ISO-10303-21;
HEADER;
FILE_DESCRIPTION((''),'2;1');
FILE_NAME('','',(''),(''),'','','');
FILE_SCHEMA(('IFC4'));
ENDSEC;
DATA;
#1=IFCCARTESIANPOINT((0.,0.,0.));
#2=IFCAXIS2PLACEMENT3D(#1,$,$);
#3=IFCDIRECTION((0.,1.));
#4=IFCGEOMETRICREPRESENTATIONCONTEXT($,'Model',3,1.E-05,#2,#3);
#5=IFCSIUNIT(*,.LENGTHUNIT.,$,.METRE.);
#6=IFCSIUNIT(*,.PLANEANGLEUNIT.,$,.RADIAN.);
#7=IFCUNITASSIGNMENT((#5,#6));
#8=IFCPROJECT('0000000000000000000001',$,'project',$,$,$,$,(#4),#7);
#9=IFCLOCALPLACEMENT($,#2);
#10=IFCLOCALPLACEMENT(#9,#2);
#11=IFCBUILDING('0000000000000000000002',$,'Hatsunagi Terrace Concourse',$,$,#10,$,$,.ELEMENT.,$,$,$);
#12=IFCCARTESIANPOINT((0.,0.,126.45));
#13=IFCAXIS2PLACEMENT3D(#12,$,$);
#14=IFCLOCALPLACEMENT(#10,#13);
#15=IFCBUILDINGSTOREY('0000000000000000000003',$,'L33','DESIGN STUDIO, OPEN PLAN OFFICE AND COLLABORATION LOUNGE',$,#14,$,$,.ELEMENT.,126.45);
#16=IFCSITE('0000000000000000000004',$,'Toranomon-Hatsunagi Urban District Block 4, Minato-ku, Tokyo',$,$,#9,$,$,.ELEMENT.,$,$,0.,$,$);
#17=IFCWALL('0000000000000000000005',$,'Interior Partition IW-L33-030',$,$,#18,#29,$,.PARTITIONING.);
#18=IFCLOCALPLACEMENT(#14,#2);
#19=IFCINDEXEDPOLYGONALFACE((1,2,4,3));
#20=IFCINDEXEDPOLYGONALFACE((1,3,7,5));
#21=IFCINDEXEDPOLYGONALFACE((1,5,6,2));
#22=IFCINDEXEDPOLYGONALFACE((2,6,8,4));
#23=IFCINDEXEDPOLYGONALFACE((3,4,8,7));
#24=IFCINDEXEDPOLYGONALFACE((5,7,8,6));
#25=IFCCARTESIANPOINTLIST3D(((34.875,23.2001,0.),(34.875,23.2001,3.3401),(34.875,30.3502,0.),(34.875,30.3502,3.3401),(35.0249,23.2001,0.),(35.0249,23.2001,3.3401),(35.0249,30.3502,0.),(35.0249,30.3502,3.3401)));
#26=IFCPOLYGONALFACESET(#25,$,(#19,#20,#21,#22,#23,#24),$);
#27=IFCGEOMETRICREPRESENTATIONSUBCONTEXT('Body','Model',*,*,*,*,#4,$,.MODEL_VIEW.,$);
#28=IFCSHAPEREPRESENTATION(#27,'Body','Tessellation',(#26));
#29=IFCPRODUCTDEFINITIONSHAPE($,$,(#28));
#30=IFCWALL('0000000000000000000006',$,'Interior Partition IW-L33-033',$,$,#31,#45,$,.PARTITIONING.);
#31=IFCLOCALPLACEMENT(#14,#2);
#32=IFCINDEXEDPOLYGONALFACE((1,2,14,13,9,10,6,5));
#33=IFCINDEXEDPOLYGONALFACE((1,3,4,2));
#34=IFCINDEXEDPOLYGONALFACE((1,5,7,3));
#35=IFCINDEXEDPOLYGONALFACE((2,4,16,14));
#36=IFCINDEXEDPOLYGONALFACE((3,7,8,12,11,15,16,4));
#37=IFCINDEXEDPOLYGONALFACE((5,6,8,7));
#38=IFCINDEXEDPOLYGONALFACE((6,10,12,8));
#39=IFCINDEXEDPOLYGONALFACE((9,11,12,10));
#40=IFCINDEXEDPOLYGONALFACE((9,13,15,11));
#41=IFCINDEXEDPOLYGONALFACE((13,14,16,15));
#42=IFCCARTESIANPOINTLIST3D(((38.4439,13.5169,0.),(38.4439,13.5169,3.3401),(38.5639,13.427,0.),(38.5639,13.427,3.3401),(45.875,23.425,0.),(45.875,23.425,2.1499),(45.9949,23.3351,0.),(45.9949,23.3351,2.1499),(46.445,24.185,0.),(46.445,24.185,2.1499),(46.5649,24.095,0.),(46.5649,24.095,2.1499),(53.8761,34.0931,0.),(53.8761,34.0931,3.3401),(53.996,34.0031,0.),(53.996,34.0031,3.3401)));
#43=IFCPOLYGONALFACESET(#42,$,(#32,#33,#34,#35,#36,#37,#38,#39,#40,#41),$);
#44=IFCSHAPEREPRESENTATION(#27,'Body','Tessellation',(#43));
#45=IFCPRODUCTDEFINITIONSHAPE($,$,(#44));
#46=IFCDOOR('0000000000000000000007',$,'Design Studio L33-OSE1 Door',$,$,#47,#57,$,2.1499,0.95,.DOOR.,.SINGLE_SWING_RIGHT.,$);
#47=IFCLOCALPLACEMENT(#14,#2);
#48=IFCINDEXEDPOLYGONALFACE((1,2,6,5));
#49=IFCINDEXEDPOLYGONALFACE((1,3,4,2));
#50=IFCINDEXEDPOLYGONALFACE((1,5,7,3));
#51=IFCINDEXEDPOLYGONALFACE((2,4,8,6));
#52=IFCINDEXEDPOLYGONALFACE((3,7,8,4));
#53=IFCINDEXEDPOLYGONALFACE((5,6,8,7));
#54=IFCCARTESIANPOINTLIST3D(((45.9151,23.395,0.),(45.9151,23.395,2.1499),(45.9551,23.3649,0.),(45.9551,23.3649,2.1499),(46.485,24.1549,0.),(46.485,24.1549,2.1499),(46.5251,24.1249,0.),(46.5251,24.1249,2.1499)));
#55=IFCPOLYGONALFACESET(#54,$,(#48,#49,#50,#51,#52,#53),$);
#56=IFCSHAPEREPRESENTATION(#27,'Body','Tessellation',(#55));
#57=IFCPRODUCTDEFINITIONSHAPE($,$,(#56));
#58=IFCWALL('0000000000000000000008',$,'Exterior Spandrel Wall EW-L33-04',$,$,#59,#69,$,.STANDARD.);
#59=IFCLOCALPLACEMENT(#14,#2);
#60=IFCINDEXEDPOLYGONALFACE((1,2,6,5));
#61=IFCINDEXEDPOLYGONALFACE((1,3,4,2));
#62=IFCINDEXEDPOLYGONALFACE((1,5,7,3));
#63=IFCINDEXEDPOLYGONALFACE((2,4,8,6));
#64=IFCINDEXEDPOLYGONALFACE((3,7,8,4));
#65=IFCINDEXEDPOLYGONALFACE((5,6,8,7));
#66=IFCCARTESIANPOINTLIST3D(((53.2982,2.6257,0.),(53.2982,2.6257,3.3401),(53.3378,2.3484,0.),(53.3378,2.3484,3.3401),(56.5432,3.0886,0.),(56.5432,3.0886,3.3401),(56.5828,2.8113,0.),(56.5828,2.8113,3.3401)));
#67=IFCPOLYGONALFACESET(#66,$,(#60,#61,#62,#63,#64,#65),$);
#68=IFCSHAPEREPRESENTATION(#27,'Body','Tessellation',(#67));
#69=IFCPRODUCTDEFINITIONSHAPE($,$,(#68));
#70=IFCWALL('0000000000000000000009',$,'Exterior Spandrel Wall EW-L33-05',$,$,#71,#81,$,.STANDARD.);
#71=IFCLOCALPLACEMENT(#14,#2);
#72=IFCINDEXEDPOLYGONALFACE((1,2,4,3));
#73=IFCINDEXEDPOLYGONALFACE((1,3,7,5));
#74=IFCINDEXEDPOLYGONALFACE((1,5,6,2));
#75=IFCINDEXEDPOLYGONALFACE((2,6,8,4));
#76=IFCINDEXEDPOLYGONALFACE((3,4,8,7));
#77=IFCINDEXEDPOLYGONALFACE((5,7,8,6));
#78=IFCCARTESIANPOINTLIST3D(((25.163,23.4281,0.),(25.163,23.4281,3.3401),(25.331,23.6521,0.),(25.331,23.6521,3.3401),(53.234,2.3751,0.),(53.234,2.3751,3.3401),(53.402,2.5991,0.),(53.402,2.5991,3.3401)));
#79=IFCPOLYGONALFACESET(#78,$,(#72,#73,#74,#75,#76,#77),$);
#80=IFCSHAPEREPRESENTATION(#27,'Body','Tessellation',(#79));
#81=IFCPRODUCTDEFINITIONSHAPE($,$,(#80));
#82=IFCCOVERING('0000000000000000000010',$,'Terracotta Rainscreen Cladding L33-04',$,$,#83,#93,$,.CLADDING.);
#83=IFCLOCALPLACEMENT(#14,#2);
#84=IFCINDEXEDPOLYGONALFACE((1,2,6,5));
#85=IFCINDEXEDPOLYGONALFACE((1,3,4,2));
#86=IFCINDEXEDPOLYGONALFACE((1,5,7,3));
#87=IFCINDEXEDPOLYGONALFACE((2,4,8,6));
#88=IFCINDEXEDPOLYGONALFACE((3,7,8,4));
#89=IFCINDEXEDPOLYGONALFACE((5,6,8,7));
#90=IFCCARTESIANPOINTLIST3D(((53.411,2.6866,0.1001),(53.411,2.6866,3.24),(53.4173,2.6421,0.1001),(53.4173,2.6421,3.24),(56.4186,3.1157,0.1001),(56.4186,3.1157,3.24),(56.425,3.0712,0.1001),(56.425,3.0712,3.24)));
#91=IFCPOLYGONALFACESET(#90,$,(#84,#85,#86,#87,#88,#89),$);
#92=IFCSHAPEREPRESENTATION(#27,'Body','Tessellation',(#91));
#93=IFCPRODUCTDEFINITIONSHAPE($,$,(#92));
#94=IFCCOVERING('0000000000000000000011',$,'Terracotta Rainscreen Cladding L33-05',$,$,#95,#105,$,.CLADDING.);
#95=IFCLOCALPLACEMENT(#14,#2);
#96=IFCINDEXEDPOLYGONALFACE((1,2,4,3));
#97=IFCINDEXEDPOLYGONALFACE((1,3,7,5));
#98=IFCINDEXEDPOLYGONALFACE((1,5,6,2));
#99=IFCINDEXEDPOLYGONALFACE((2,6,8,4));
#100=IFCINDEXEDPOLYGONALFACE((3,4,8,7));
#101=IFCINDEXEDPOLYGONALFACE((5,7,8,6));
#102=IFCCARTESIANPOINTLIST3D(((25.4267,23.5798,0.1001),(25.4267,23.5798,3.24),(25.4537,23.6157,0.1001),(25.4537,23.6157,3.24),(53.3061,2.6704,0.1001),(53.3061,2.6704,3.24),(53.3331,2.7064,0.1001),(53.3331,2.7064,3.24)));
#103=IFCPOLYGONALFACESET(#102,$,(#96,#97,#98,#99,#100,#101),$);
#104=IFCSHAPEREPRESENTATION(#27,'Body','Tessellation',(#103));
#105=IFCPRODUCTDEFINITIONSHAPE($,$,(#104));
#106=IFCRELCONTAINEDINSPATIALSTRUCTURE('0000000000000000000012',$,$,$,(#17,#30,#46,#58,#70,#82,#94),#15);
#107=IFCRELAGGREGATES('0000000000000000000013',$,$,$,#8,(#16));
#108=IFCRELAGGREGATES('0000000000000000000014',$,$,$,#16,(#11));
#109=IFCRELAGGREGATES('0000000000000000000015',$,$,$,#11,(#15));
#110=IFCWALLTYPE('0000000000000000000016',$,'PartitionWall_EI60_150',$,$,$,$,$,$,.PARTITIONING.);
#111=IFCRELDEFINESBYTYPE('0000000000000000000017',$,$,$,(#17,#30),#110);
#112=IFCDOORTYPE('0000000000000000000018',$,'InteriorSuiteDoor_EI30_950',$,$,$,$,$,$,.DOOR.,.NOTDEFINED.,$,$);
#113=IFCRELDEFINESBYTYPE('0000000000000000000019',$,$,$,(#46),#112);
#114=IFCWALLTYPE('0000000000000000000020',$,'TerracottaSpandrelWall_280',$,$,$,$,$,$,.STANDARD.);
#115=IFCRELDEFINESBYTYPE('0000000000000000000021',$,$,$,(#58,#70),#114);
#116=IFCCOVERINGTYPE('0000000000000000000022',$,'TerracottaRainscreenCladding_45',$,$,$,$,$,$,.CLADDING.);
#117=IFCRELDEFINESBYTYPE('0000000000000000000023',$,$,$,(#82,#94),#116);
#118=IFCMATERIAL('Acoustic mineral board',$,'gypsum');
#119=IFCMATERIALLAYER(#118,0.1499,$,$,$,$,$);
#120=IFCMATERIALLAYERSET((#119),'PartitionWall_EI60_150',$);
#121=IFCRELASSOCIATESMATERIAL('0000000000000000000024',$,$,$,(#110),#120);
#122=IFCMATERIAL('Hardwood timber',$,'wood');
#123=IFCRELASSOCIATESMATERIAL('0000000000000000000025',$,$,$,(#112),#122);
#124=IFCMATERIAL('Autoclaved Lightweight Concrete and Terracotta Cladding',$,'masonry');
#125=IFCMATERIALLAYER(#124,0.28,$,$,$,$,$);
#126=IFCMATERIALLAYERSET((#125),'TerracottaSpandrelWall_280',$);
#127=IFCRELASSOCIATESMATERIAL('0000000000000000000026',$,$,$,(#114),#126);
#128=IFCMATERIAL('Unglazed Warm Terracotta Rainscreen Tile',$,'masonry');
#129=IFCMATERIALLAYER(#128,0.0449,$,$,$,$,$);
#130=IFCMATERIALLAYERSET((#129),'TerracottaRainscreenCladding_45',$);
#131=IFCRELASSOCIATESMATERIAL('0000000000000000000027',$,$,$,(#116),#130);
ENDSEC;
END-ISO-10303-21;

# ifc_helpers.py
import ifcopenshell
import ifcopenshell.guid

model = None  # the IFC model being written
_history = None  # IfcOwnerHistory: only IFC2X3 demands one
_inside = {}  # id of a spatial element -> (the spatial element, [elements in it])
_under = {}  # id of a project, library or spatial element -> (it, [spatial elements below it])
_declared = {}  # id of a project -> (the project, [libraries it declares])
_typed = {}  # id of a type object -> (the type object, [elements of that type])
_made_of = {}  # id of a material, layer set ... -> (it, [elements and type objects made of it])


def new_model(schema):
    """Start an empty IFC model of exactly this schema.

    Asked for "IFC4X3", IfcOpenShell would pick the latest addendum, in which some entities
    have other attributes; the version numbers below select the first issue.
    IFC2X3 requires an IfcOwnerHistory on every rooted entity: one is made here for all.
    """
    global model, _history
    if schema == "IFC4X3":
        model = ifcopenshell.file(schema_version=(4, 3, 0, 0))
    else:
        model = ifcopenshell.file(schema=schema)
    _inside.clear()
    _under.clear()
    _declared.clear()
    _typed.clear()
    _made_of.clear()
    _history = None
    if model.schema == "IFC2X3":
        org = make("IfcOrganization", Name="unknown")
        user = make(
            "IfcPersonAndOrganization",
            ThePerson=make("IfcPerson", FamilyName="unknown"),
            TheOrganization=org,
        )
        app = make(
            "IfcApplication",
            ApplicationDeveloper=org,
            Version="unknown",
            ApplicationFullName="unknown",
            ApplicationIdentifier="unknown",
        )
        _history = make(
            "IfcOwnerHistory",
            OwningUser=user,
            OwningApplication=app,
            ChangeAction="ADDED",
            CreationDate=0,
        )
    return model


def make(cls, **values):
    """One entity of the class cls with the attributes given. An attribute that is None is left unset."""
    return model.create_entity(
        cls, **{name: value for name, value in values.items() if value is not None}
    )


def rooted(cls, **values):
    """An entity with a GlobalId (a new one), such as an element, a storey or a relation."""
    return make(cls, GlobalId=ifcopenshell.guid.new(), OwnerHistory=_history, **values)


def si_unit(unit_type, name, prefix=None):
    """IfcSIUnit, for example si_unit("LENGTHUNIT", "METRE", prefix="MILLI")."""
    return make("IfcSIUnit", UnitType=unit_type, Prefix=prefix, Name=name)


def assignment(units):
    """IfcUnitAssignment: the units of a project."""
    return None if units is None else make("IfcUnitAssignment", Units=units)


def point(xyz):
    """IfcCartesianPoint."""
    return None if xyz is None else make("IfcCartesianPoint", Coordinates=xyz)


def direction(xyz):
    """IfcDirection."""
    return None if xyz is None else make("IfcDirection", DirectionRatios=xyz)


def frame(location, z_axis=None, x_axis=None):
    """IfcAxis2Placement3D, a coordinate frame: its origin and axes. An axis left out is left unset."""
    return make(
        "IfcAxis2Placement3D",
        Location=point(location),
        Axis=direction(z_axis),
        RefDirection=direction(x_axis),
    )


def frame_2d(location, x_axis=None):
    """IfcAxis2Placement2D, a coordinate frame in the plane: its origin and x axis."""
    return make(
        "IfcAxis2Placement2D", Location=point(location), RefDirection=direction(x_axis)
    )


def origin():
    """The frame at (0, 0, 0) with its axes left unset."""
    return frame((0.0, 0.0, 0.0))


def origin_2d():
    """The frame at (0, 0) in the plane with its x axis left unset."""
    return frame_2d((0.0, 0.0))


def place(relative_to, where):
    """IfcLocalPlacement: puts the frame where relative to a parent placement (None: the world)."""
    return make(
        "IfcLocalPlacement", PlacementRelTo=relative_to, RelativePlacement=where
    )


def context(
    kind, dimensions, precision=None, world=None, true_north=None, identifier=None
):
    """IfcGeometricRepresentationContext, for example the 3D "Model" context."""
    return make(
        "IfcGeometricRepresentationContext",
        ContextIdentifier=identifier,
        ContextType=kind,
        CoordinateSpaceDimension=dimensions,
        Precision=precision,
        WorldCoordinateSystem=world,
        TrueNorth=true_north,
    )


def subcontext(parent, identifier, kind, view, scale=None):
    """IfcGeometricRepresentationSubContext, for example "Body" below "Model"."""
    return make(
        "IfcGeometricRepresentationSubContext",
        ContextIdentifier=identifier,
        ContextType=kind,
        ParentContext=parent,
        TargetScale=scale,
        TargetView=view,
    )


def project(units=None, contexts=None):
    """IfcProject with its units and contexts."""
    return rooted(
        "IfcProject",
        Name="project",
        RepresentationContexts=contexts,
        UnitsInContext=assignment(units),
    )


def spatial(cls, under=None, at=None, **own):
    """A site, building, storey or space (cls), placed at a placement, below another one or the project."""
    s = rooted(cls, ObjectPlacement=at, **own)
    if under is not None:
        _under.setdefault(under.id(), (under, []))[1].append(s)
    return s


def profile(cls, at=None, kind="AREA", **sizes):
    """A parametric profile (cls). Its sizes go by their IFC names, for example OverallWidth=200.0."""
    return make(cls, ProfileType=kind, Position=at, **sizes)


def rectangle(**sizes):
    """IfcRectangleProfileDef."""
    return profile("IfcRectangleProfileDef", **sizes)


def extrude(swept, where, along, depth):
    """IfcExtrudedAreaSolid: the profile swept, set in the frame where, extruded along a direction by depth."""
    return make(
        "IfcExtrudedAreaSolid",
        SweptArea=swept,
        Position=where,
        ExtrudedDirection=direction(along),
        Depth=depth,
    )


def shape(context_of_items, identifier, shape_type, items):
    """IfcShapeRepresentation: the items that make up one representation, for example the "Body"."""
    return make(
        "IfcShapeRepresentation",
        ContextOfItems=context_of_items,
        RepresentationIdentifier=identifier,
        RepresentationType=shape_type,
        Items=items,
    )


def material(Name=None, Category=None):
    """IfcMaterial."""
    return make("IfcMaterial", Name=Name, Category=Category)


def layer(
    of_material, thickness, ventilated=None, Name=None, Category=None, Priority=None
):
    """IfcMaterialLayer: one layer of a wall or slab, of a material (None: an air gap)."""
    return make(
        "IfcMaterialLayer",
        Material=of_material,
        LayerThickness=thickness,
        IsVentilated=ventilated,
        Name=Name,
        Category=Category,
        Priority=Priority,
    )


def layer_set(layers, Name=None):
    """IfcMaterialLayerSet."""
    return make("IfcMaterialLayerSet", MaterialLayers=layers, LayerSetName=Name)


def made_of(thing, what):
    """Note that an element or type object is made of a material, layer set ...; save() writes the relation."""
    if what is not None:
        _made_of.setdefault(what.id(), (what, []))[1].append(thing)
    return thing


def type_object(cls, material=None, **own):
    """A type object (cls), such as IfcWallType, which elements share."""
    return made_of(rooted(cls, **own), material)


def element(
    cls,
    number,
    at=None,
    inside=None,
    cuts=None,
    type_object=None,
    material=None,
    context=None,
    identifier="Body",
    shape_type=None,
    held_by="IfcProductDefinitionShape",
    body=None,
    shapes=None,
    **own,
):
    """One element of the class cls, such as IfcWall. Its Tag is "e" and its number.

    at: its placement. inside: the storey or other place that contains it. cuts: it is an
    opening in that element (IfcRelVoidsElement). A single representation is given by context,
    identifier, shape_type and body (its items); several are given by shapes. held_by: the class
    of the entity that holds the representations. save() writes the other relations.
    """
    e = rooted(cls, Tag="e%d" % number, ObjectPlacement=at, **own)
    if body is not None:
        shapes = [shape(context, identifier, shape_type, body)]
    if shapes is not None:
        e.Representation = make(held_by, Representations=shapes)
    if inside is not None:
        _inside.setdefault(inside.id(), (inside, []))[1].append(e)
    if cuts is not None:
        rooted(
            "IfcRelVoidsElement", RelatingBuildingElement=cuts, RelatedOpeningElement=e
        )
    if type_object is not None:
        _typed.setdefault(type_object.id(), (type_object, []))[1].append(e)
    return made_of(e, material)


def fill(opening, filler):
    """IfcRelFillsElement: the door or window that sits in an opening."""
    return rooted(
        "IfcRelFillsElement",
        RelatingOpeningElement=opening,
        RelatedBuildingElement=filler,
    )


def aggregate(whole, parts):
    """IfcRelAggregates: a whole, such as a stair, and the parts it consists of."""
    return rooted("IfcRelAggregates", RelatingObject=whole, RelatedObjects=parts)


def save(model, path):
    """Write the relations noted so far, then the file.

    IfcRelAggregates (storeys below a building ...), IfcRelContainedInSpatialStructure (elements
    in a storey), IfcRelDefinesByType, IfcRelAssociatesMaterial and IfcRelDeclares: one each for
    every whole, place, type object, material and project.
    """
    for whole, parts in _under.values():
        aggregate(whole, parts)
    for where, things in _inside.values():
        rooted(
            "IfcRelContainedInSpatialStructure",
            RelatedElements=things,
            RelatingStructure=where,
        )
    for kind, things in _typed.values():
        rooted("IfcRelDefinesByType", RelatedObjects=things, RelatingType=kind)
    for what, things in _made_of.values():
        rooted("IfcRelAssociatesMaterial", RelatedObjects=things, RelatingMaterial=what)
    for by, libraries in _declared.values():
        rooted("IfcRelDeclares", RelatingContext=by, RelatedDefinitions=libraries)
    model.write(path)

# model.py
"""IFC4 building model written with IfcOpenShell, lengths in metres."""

from ifc_helpers import new_model, si_unit, direction, frame, frame_2d, origin, origin_2d, place, context, subcontext, project, spatial, rectangle, extrude, material, layer, layer_set, type_object, element, fill, save


model = new_model("IFC4")

# Units and contexts
model_context = context("Model", 3, precision=1e-05, world=origin(), true_north=direction((0.0, 1.0)))
body_context = subcontext(model_context, "Body", "Model", "MODEL_VIEW")
ifc_project = project(units=[si_unit("LENGTHUNIT", "METRE"), si_unit("PLANEANGLEUNIT", "RADIAN")], contexts=[model_context])

# Site, building, storey
site_placement = place(None, origin())
site = spatial("IfcSite", under=ifc_project, at=site_placement, Name="Toranomon-Hatsunagi Urban District Block 4, Minato-ku, Tokyo", CompositionType="ELEMENT", RefElevation=0.0)
building_placement = place(site_placement, origin())
building = spatial("IfcBuilding", under=site, at=building_placement, Name="Hatsunagi Terrace Concourse", CompositionType="ELEMENT")
storey_placement = place(building_placement, frame((0.0, 0.0, 126.45)))
storey = spatial("IfcBuildingStorey", under=building, at=storey_placement, Name="L33", Description="DESIGN STUDIO, OPEN PLAN OFFICE AND COLLABORATION LOUNGE", CompositionType="ELEMENT", Elevation=126.45)

# Wall
ifc_material_1 = material(Name="Acoustic mineral board", Category="gypsum")
ifc_layer_1 = layer(ifc_material_1, 0.1499)
ifc_layer_set_1 = layer_set([ifc_layer_1], Name="PartitionWall_EI60_150")
wall_type_1 = type_object("IfcWallType", Name="PartitionWall_EI60_150", PredefinedType="PARTITIONING", material=ifc_layer_set_1)
wall_1_placement = place(storey_placement, frame((34.95, 23.2, 0.0), z_axis=(0.0, 0.0, 1.0), x_axis=(0.0, 1.0, 0.0)))
element("IfcWall", 1, at=wall_1_placement, inside=storey, type_object=wall_type_1, Name="Interior Partition IW-L33-030", PredefinedType="PARTITIONING", context=body_context, shape_type="SweptSolid", body=[
    extrude(rectangle(XDim=7.1501, YDim=0.1499, at=frame_2d((3.5752, 0.0))), origin(), (0.0, 0.0, 1.0), 3.3401),
])

# Wall, opening, door
wall_2_placement = place(storey_placement, frame((38.5039, 13.4719, 0.0), z_axis=(0.0, 0.0, 1.0), x_axis=(0.6, 0.8, 0.0)))
wall_2 = element("IfcWall", 2, at=wall_2_placement, inside=storey, type_object=wall_type_1, Name="Interior Partition IW-L33-033", PredefinedType="PARTITIONING", context=body_context, shape_type="SweptSolid", body=[
    extrude(rectangle(XDim=25.7202, YDim=0.1499, at=frame_2d((12.8601, 0.0))), origin(), (0.0, 0.0, 1.0), 3.3401),
])
opening_placement = place(wall_2_placement, frame((12.385, 0.0, 0.0)))
opening = element("IfcOpeningElement", 3, at=opening_placement, cuts=wall_2, PredefinedType="OPENING", context=body_context, shape_type="SweptSolid", body=[
    extrude(rectangle(XDim=0.95, YDim=2.1499, at=frame_2d((0.4751, 1.075))), frame((0.0, 0.085, 0.0), z_axis=(0.0, -1.0, 0.0), x_axis=(1.0, 0.0, 0.0)), (0.0, 0.0, 1.0), 0.1699),
])
ifc_material_2 = material(Name="Hardwood timber", Category="wood")
door_type = type_object("IfcDoorType", Name="InteriorSuiteDoor_EI30_950", OperationType="NOTDEFINED", PredefinedType="DOOR", material=ifc_material_2)
door_placement = place(opening_placement, origin())
door = element("IfcDoor", 4, at=door_placement, inside=storey, type_object=door_type, Name="Design Studio L33-OSE1 Door", OperationType="SINGLE_SWING_RIGHT", OverallHeight=2.1499, OverallWidth=0.95, PredefinedType="DOOR", context=body_context, shape_type="SweptSolid", body=[
    extrude(rectangle(XDim=0.95, YDim=2.1499, at=frame_2d((0.4751, 1.075))), frame((0.0, 0.0249, 0.0), z_axis=(0.0, -1.0, 0.0), x_axis=(1.0, 0.0, 0.0)), (0.0, 0.0, 1.0), 0.05),
])
fill(opening, door)

# Walls
ifc_material_3 = material(Name="Autoclaved Lightweight Concrete and Terracotta Cladding", Category="masonry")
ifc_layer_2 = layer(ifc_material_3, 0.28)
ifc_layer_set_2 = layer_set([ifc_layer_2], Name="TerracottaSpandrelWall_280")
wall_type_2 = type_object("IfcWallType", Name="TerracottaSpandrelWall_280", PredefinedType="STANDARD", material=ifc_layer_set_2)
wall_3_placement = place(storey_placement, frame((56.563, 2.95, 0.0), z_axis=(0.0, 0.0, 1.0), x_axis=(-0.989978, -0.141223, 0.0)))
element("IfcWall", 5, at=wall_3_placement, inside=storey, type_object=wall_type_2, Name="Exterior Spandrel Wall EW-L33-04", PredefinedType="STANDARD", context=body_context, shape_type="SweptSolid", body=[
    extrude(rectangle(XDim=3.2778, YDim=0.28, at=frame_2d((1.6389, 0.0))), origin(), (0.0, 0.0, 1.0), 3.3401),
])
wall_4_placement = place(storey_placement, frame((53.3181, 2.4871, 0.0), z_axis=(0.0, 0.0, 1.0), x_axis=(-0.800004, 0.599994, 0.0)))
element("IfcWall", 6, at=wall_4_placement, inside=storey, type_object=wall_type_2, Name="Exterior Spandrel Wall EW-L33-05", PredefinedType="STANDARD", context=body_context, shape_type="SweptSolid", body=[
    extrude(rectangle(XDim=35.0886, YDim=0.28, at=frame_2d((17.5444, 0.0))), origin(), (0.0, 0.0, 1.0), 3.3401),
])

# Coverings
ifc_material_4 = material(Name="Unglazed Warm Terracotta Rainscreen Tile", Category="masonry")
ifc_layer_3 = layer(ifc_material_4, 0.0449)
ifc_layer_set_3 = layer_set([ifc_layer_3], Name="TerracottaRainscreenCladding_45")
covering_type = type_object("IfcCoveringType", Name="TerracottaRainscreenCladding_45", PredefinedType="CLADDING", material=ifc_layer_set_3)
covering_1_placement = place(storey_placement, frame((54.918, 2.8789, 0.1001), z_axis=(0.0, 0.0, 1.0), x_axis=(-0.989974, -0.14125, 0.0)))
element("IfcCovering", 7, at=covering_1_placement, inside=storey, type_object=covering_type, Name="Terracotta Rainscreen Cladding L33-04", PredefinedType="CLADDING", context=body_context, shape_type="SweptSolid", body=[
    extrude(rectangle(XDim=3.0381, YDim=0.0449, at=origin_2d()), origin(), (0.0, 0.0, 1.0), 3.1399),
])
covering_2_placement = place(storey_placement, frame((39.3799, 13.1431, 0.1001), z_axis=(0.0, 0.0, 1.0), x_axis=(-0.800003, 0.599996, 0.0)))
element("IfcCovering", 8, at=covering_2_placement, inside=storey, type_object=covering_type, Name="Terracotta Rainscreen Cladding L33-05", PredefinedType="CLADDING", context=body_context, shape_type="SweptSolid", body=[
    extrude(rectangle(XDim=34.8491, YDim=0.0449, at=origin_2d()), origin(), (0.0, 0.0, 1.0), 3.1399),
])

save(model, "model.ifc")
